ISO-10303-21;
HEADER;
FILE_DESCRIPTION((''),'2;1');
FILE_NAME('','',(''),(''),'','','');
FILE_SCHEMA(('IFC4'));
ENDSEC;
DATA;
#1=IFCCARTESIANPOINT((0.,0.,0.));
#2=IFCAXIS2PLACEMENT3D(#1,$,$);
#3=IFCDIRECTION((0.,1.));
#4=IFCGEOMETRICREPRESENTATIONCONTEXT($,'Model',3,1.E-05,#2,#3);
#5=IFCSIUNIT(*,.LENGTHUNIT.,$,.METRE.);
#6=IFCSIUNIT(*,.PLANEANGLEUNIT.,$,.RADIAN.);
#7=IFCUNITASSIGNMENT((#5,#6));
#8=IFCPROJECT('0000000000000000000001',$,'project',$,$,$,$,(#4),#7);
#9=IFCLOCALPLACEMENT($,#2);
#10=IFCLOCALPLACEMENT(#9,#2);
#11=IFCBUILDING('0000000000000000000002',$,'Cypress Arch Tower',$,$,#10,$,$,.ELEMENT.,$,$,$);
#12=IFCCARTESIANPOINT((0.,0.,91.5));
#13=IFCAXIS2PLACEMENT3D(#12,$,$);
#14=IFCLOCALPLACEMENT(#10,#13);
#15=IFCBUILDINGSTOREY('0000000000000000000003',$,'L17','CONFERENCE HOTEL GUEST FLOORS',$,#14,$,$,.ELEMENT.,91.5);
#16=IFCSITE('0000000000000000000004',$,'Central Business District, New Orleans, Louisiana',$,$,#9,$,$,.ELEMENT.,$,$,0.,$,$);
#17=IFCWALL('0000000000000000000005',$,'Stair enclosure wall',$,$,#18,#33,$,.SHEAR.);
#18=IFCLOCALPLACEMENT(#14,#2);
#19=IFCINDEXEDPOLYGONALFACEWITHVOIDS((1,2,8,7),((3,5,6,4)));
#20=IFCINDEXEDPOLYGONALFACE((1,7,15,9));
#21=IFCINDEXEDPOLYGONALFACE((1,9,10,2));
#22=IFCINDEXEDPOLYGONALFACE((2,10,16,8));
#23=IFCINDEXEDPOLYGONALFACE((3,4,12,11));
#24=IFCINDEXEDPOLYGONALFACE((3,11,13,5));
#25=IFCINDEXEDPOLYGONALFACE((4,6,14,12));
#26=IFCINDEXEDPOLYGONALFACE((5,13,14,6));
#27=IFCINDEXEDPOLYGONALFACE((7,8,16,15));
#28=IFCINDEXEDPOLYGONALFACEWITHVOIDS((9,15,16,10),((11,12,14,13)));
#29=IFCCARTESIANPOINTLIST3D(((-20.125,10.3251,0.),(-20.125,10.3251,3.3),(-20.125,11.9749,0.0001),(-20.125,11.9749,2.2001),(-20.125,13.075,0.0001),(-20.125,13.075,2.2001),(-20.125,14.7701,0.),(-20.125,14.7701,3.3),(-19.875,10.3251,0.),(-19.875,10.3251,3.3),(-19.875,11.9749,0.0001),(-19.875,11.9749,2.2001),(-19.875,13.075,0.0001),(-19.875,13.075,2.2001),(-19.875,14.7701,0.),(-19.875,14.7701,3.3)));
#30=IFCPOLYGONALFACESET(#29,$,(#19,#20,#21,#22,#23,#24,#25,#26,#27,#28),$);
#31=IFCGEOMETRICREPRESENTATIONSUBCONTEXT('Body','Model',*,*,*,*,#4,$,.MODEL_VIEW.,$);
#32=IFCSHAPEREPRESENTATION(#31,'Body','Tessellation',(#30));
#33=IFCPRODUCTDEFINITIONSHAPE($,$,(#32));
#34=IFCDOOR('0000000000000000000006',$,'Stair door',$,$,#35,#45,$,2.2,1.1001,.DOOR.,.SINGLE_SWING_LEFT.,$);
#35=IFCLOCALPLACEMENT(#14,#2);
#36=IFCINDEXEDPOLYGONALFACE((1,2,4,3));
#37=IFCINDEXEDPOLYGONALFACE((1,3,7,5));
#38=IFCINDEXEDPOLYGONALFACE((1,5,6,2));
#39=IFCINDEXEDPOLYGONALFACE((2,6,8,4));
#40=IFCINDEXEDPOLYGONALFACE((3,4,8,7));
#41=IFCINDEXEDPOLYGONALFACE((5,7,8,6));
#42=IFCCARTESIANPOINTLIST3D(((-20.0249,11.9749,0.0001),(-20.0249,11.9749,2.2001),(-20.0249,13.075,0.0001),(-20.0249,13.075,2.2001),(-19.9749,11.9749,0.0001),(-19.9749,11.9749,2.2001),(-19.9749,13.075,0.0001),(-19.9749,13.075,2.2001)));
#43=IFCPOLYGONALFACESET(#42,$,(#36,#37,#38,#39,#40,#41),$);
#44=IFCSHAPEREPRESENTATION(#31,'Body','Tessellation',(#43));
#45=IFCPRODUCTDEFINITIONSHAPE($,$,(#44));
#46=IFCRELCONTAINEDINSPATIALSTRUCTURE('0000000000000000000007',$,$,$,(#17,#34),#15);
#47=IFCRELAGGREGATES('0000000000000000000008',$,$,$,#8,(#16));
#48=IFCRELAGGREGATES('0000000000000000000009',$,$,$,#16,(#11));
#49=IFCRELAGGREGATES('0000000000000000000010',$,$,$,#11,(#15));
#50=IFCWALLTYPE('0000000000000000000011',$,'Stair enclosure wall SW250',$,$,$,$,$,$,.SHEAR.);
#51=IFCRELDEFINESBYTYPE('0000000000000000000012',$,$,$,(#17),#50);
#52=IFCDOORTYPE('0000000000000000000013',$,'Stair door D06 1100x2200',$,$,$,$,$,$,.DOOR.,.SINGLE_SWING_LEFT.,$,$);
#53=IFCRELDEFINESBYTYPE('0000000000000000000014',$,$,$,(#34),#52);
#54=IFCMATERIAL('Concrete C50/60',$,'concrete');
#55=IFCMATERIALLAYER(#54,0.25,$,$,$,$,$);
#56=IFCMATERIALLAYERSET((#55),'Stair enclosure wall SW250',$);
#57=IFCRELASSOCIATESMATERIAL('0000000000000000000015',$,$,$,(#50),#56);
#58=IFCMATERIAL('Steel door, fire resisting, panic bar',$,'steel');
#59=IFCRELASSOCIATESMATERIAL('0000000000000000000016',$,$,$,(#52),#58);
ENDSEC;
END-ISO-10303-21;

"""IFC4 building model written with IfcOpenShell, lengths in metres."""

from ifc_helpers import new_model, si_unit, direction, frame, frame_2d, origin, place, context, subcontext, project, spatial, rectangle, extrude, material, layer, layer_set, type_object, element, fill, save


model = new_model("IFC4")

# Units and contexts
model_context = context("Model", 3, precision=1e-05, world=origin(), true_north=direction((0.0, 1.0)))
body_context = subcontext(model_context, "Body", "Model", "MODEL_VIEW")
ifc_project = project(units=[si_unit("LENGTHUNIT", "METRE"), si_unit("PLANEANGLEUNIT", "RADIAN")], contexts=[model_context])

# Site, building, storey
site_placement = place(None, origin())
site = spatial("IfcSite", under=ifc_project, at=site_placement, Name="Central Business District, New Orleans, Louisiana", CompositionType="ELEMENT", RefElevation=0.0)
building_placement = place(site_placement, origin())
building = spatial("IfcBuilding", under=site, at=building_placement, Name="Cypress Arch Tower", CompositionType="ELEMENT")
storey_placement = place(building_placement, frame((0.0, 0.0, 91.5)))
storey = spatial("IfcBuildingStorey", under=building, at=storey_placement, Name="L17", Description="CONFERENCE HOTEL GUEST FLOORS", CompositionType="ELEMENT", Elevation=91.5)

# Wall, opening, door
ifc_material_1 = material(Name="Concrete C50/60", Category="concrete")
ifc_layer_1 = layer(ifc_material_1, 0.25)
ifc_layer_set_1 = layer_set([ifc_layer_1], Name="Stair enclosure wall SW250")
wall_type_1 = type_object("IfcWallType", Name="Stair enclosure wall SW250", PredefinedType="SHEAR", material=ifc_layer_set_1)
wall_1_placement = place(storey_placement, frame((-20.0, 10.325, 0.0), z_axis=(0.0, 0.0, 1.0), x_axis=(0.0, 1.0, 0.0)))
wall_1 = element("IfcWall", 1, at=wall_1_placement, inside=storey, type_object=wall_type_1, Name="Stair enclosure wall", PredefinedType="SHEAR", context=body_context, shape_type="SweptSolid", body=[
    extrude(rectangle(XDim=4.4451, YDim=0.25, at=frame_2d((2.2227, 0.0))), origin(), (0.0, 0.0, 1.0), 3.3),
])
opening_1_placement = place(wall_1_placement, frame((1.6499, 0.0, 0.0)))
opening_1 = element("IfcOpeningElement", 2, at=opening_1_placement, cuts=wall_1, PredefinedType="OPENING", context=body_context, shape_type="SweptSolid", body=[
    extrude(rectangle(XDim=1.1001, YDim=2.2, at=frame_2d((0.55, 1.1001))), frame((0.0, 0.135, 0.0), z_axis=(0.0, -1.0, 0.0), x_axis=(1.0, 0.0, 0.0)), (0.0, 0.0, 1.0), 0.27),
])
ifc_material_2 = material(Name="Steel door, fire resisting, panic bar", Category="steel")
door_type_1 = type_object("IfcDoorType", Name="Stair door D06 1100x2200", OperationType="SINGLE_SWING_LEFT", PredefinedType="DOOR", material=ifc_material_2)
door_1_placement = place(opening_1_placement, origin())
door_1 = element("IfcDoor", 3, at=door_1_placement, inside=storey, type_object=door_type_1, Name="Stair door", OperationType="SINGLE_SWING_LEFT", OverallHeight=2.2, OverallWidth=1.1001, PredefinedType="DOOR", context=body_context, shape_type="SweptSolid", body=[
    extrude(rectangle(XDim=1.1001, YDim=2.2, at=frame_2d((0.55, 1.1001))), frame((0.0, 0.0249, 0.0), z_axis=(0.0, -1.0, 0.0), x_axis=(1.0, 0.0, 0.0)), (0.0, 0.0, 1.0), 0.05),
])
fill(opening_1, door_1)

save(model, "model.ifc")
